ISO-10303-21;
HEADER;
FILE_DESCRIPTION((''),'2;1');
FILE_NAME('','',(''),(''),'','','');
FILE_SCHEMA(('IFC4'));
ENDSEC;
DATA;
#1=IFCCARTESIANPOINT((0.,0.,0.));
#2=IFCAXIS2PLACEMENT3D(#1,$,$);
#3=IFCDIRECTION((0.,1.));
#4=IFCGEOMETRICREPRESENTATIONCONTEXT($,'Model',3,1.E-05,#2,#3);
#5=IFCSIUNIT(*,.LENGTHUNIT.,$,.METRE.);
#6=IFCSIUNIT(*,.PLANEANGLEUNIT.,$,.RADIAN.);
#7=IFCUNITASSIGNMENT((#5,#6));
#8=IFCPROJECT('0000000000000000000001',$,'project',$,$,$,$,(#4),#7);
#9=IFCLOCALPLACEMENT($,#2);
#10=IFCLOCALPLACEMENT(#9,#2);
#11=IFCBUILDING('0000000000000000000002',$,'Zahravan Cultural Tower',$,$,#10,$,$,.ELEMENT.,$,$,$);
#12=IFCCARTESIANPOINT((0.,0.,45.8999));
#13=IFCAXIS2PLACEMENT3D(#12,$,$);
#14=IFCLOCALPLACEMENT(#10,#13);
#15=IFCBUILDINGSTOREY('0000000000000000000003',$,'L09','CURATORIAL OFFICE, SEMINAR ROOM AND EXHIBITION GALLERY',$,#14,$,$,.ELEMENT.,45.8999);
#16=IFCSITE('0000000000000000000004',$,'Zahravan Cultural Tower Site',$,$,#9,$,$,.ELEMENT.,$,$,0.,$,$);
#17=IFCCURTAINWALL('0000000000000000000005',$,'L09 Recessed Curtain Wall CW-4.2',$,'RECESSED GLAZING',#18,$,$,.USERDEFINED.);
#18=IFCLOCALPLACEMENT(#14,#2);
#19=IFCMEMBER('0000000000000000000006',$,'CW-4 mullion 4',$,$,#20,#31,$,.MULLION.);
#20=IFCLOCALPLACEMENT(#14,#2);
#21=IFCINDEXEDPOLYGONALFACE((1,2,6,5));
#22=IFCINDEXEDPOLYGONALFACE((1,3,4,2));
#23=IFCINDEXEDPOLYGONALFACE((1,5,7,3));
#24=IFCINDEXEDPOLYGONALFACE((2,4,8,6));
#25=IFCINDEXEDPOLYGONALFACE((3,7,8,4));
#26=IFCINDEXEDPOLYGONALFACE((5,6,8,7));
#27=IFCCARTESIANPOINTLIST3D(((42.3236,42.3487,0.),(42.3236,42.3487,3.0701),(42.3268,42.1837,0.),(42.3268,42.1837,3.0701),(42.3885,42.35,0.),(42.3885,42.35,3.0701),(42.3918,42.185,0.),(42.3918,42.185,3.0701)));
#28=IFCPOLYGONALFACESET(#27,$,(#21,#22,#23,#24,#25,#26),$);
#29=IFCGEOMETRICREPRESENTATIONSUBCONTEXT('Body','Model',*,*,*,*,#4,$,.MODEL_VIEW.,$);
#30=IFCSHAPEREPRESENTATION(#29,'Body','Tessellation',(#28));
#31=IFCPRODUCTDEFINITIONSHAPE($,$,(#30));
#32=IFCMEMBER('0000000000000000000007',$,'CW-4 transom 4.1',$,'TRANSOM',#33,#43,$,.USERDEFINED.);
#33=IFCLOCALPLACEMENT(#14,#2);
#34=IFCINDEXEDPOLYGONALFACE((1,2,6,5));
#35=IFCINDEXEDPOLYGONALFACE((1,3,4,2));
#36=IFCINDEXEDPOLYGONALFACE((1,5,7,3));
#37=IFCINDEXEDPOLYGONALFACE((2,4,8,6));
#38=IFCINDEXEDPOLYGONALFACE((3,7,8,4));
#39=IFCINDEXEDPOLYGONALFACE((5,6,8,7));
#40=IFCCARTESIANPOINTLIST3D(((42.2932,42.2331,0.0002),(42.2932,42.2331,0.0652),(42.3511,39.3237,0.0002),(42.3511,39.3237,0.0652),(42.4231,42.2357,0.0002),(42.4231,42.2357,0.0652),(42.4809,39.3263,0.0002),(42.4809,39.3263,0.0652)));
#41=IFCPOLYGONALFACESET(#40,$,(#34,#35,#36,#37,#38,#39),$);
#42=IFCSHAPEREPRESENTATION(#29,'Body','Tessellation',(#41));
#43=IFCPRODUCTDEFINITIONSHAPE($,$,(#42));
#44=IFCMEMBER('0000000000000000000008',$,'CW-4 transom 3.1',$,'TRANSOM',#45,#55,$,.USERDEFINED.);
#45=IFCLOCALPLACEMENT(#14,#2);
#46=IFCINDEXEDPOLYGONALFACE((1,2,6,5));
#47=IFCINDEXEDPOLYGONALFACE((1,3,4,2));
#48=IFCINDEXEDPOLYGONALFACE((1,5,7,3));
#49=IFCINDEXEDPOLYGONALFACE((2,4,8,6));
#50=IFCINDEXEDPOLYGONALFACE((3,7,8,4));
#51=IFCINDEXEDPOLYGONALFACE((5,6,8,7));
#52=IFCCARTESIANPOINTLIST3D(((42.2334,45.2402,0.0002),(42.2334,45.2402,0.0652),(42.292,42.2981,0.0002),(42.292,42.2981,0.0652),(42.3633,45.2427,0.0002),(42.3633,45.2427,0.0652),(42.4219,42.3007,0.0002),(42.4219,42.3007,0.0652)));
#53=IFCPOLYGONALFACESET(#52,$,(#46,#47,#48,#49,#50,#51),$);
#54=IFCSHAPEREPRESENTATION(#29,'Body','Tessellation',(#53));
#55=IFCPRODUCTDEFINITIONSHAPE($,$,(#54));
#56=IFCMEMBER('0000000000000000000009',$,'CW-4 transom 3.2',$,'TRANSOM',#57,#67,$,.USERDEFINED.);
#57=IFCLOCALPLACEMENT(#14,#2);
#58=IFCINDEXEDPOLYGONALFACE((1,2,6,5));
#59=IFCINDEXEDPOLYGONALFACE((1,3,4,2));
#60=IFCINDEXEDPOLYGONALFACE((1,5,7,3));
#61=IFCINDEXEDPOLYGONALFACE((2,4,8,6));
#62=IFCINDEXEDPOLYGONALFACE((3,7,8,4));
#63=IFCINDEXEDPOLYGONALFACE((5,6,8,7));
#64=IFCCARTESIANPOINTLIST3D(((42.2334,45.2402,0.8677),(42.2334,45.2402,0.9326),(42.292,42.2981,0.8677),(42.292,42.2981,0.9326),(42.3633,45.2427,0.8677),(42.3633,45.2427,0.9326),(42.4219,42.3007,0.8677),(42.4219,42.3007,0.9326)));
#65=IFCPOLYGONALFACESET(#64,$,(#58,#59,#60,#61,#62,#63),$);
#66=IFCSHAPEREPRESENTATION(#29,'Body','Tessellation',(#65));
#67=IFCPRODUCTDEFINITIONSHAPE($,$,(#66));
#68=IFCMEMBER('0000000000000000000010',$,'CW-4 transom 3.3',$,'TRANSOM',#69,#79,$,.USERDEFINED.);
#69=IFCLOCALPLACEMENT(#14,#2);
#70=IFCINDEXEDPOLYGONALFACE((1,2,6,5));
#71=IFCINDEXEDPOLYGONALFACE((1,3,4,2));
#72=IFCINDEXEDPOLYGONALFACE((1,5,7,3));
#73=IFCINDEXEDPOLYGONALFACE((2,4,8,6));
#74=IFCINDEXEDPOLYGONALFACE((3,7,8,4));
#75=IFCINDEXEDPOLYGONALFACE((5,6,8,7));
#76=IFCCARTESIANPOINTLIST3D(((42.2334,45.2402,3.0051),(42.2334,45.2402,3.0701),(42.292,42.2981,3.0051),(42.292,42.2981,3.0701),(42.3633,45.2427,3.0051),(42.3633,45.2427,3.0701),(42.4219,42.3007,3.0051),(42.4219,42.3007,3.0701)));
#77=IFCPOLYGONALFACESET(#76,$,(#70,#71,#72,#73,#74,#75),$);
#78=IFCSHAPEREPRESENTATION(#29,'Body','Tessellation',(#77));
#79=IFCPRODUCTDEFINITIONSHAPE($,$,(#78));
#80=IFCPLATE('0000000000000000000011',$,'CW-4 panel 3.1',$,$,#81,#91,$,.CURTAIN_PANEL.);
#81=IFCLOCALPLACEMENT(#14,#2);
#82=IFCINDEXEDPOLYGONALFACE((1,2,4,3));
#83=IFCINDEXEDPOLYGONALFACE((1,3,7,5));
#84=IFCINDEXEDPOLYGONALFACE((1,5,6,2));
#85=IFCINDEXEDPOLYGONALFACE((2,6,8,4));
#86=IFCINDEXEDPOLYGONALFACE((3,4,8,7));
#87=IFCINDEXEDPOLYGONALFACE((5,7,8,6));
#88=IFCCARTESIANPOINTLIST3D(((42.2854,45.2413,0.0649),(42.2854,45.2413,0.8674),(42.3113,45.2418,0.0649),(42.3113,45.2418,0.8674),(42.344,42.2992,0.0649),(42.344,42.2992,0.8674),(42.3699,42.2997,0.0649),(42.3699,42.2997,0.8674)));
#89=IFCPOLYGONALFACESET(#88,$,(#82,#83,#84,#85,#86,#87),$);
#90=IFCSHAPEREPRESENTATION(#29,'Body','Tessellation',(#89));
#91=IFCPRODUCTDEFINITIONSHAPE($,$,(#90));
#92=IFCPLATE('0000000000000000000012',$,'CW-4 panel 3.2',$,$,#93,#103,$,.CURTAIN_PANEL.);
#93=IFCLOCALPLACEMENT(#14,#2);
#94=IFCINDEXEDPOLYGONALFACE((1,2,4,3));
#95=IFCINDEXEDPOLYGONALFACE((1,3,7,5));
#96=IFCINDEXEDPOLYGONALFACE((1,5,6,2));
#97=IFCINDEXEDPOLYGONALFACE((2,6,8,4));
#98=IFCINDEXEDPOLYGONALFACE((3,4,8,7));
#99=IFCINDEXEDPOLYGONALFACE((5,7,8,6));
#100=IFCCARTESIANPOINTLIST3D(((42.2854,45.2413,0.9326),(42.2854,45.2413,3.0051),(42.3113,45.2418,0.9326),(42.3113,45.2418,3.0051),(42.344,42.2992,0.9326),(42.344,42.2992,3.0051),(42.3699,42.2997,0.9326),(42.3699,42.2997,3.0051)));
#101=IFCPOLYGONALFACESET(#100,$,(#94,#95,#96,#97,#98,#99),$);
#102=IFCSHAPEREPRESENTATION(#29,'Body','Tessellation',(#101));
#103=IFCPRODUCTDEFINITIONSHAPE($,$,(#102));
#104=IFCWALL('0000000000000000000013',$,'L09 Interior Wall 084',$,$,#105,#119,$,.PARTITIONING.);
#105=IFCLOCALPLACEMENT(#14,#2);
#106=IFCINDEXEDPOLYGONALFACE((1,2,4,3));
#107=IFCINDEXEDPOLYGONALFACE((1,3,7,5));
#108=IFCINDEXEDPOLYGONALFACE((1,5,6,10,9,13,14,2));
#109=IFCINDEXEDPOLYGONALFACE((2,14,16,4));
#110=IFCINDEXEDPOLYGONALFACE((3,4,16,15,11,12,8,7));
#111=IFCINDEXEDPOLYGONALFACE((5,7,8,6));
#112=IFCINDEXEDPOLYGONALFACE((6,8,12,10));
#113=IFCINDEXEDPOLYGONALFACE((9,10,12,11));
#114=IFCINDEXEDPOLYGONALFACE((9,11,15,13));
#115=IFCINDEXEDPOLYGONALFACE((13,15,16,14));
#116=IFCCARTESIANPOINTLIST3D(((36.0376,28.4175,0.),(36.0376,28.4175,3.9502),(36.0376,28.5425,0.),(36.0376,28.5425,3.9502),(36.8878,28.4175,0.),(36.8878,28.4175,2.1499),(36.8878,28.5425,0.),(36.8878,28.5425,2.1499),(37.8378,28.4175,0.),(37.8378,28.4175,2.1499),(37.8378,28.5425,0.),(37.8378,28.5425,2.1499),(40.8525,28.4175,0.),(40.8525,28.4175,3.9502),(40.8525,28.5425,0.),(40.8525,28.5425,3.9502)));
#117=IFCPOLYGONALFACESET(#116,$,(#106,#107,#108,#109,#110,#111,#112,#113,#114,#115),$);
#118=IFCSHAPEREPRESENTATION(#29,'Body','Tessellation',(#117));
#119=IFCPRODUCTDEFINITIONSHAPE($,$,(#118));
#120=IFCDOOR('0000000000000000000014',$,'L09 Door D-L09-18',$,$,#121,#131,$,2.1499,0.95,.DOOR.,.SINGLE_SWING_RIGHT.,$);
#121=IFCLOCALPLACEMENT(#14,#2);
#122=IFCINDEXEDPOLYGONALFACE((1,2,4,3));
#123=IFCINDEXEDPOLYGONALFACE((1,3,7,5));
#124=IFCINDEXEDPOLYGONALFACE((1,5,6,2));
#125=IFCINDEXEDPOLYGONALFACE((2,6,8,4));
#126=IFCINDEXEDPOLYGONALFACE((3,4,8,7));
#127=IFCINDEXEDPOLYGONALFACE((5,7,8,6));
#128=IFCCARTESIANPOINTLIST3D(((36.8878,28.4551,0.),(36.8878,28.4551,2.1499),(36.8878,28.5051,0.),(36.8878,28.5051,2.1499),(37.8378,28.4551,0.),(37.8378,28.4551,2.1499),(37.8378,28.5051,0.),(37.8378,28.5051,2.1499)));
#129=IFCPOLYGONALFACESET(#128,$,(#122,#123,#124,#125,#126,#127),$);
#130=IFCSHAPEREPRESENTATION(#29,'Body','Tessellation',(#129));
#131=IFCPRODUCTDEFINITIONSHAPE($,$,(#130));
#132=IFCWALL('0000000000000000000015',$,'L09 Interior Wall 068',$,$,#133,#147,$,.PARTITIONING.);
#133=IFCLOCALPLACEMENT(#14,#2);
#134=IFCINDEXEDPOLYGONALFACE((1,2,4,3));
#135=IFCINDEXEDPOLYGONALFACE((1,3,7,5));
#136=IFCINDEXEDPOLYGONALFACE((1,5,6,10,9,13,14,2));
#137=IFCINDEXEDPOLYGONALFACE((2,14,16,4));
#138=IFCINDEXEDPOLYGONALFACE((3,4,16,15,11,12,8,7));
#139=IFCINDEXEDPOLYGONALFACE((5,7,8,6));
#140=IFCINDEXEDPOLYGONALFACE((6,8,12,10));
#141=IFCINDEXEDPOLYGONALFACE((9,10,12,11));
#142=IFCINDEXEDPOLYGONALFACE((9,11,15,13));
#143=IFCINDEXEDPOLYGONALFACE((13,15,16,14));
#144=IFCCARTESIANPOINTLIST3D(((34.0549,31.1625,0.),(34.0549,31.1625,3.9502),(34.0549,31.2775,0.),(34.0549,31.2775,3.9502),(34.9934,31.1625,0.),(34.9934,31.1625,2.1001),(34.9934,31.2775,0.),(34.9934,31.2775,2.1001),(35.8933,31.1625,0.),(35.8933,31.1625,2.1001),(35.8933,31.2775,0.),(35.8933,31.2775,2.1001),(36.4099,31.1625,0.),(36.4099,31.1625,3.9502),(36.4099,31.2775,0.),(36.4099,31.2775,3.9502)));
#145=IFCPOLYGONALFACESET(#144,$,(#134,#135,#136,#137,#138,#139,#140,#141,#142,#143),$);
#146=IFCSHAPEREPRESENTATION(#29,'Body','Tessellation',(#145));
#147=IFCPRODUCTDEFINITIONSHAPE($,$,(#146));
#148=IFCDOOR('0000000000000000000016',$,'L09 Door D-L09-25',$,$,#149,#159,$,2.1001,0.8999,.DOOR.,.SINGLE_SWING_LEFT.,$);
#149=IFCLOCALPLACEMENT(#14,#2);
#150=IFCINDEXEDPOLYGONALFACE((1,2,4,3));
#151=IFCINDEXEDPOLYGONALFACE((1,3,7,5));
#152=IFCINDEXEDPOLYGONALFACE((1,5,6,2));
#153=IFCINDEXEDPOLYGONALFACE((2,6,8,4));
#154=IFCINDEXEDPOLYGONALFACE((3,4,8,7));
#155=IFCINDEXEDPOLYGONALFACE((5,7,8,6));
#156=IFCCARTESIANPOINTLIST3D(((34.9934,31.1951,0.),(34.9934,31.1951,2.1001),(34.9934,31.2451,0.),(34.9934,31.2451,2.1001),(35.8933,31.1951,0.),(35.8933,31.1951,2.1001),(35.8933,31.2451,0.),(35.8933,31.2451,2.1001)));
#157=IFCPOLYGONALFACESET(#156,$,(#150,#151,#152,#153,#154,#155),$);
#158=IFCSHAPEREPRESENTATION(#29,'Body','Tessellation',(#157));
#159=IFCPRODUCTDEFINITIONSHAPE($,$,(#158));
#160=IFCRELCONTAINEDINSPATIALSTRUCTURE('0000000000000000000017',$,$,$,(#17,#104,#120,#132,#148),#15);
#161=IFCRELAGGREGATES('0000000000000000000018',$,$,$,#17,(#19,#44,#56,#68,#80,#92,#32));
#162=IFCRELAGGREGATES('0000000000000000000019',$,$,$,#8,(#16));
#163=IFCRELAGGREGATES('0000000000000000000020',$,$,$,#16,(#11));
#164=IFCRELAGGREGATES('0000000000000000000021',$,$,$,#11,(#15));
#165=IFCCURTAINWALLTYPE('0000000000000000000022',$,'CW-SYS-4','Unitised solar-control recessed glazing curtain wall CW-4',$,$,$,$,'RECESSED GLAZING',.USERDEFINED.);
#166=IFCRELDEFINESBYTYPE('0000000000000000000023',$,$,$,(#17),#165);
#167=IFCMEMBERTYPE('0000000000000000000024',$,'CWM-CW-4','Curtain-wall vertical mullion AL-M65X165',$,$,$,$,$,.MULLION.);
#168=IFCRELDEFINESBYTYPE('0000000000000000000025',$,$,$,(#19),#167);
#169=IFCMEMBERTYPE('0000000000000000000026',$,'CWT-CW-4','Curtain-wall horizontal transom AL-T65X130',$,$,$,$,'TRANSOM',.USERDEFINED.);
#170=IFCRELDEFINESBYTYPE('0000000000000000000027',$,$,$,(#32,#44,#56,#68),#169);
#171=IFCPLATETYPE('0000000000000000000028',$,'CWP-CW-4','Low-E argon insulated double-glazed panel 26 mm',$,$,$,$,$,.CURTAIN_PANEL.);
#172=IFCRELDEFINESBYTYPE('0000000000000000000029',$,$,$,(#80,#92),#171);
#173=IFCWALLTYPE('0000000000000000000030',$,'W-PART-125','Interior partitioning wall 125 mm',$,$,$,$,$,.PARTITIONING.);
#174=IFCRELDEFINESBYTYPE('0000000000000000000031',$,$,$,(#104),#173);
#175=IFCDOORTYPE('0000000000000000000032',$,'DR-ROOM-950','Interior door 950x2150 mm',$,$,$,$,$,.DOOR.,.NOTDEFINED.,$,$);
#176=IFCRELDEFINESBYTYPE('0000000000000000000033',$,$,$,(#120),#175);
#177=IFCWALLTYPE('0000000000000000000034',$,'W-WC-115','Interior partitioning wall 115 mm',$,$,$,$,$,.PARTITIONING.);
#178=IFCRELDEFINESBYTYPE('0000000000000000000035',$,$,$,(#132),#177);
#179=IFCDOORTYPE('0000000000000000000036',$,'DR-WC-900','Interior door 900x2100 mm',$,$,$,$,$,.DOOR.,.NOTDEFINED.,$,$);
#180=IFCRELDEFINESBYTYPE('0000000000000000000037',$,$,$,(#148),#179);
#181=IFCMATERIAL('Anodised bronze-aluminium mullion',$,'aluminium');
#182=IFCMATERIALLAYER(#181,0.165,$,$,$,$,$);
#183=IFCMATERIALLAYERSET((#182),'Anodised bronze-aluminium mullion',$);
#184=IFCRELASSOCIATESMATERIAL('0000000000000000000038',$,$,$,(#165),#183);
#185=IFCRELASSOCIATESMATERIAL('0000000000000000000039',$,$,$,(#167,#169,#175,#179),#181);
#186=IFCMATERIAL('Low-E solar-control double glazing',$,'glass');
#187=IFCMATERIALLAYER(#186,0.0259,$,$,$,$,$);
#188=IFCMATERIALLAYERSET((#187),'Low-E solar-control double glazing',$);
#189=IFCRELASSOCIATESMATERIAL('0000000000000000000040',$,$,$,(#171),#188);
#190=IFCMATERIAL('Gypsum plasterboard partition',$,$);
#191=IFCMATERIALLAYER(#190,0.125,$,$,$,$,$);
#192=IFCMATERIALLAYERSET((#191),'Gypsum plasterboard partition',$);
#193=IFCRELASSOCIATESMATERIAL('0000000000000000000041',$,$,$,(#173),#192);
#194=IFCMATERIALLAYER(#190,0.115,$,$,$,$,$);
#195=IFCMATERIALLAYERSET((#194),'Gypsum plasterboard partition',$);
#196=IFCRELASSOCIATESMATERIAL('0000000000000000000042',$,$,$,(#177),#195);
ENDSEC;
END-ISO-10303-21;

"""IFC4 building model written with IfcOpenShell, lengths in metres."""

from ifc_helpers import new_model, si_unit, direction, frame, frame_2d, origin, origin_2d, place, context, subcontext, project, spatial, rectangle, extrude, source, transform, mapped, material, layer, layer_set, material_profile, profile_set, type_object, element, fill, aggregate, save


model = new_model("IFC4")

# Units and contexts
model_context = context("Model", 3, precision=1e-05, world=origin(), true_north=direction((0.0, 1.0)))
body_context = subcontext(model_context, "Body", "Model", "MODEL_VIEW")
ifc_project = project(units=[si_unit("LENGTHUNIT", "METRE"), si_unit("PLANEANGLEUNIT", "RADIAN")], contexts=[model_context])

# Site, building, storey
site_placement = place(None, origin())
site = spatial("IfcSite", under=ifc_project, at=site_placement, Name="Zahravan Cultural Tower Site", CompositionType="ELEMENT", RefElevation=0.0)
building_placement = place(site_placement, origin())
building = spatial("IfcBuilding", under=site, at=building_placement, Name="Zahravan Cultural Tower", CompositionType="ELEMENT")
storey_placement = place(building_placement, frame((0.0, 0.0, 45.8999)))
storey = spatial("IfcBuildingStorey", under=building, at=storey_placement, Name="L09", Description="CURATORIAL OFFICE, SEMINAR ROOM AND EXHIBITION GALLERY", CompositionType="ELEMENT", Elevation=45.8999)

# Curtain wall, members, plates
ifc_material_1 = material(Name="Anodised bronze-aluminium mullion", Category="aluminium")
ifc_layer_1 = layer(ifc_material_1, 0.165)
ifc_layer_set_1 = layer_set([ifc_layer_1], Name="Anodised bronze-aluminium mullion")
curtain_wall_type = type_object("IfcCurtainWallType", Name="CW-SYS-4", Description="Unitised solar-control recessed glazing curtain wall CW-4", ElementType="RECESSED GLAZING", PredefinedType="USERDEFINED", material=ifc_layer_set_1)
curtain_wall_placement = place(storey_placement, origin())
curtain_wall = element("IfcCurtainWall", 1, at=curtain_wall_placement, inside=storey, type_object=curtain_wall_type, Name="L09 Recessed Curtain Wall CW-4.2", ObjectType="RECESSED GLAZING", PredefinedType="USERDEFINED")
ifc_material_profile_1 = material_profile(ifc_material_1, rectangle(XDim=0.0649, YDim=0.165, at=origin_2d()), Name="AL-M65X165")
ifc_profile_set_1 = profile_set([ifc_material_profile_1], Name="Anodised bronze-aluminium mullion")
member_type_1 = type_object("IfcMemberType", Name="CWM-CW-4", Description="Curtain-wall vertical mullion AL-M65X165", PredefinedType="MULLION", material=ifc_profile_set_1)
shared_shape_1 = source(origin(), body_context, "Body", "SweptSolid", [
    extrude(rectangle(XDim=0.0649, YDim=0.165, at=origin_2d()), origin(), (0.0, 0.0, 1.0), 3.0701),
])
member_1_placement = place(storey_placement, frame((42.3577, 42.2668, 0.0), z_axis=(0.0, 0.0, 1.0), x_axis=(0.999802, 0.0199, 0.0)))
member_1 = element("IfcMember", 2, at=member_1_placement, type_object=member_type_1, Name="CW-4 mullion 4", PredefinedType="MULLION", context=body_context, shape_type="MappedRepresentation", body=[
    mapped(shared_shape_1, transform((0.0, 0.0, 0.0), x_axis=(1.0, 0.0, 0.0), y_axis=(0.0, 1.0, 0.0), z_axis=(0.0, 0.0, 1.0), scale=1.0)),
])
ifc_material_profile_2 = material_profile(ifc_material_1, rectangle(XDim=0.1299, YDim=0.0649, at=origin_2d()), Name="AL-T65X130")
ifc_profile_set_2 = profile_set([ifc_material_profile_2], Name="Anodised bronze-aluminium mullion")
member_type_2 = type_object("IfcMemberType", Name="CWT-CW-4", Description="Curtain-wall horizontal transom AL-T65X130", ElementType="TRANSOM", PredefinedType="USERDEFINED", material=ifc_profile_set_2)
shared_shape_2 = source(origin(), body_context, "Body", "SweptSolid", [
    extrude(rectangle(XDim=0.1299, YDim=0.0649, at=origin_2d()), origin(), (0.0, 0.0, 1.0), 2.9099),
])
member_2_placement = place(storey_placement, frame((42.3582, 42.2344, 0.0327), z_axis=(0.019884, -0.999802, 0.0), x_axis=(0.999802, 0.019884, 0.0)))
member_2 = element("IfcMember", 3, at=member_2_placement, type_object=member_type_2, Name="CW-4 transom 4.1", ObjectType="TRANSOM", PredefinedType="USERDEFINED", context=body_context, shape_type="MappedRepresentation", body=[
    mapped(shared_shape_2, transform((0.0, 0.0, 0.0), x_axis=(1.0, 0.0, 0.0), y_axis=(0.0, 1.0, 0.0), z_axis=(0.0, 0.0, 1.0), scale=1.0)),
])
shared_shape_3 = source(origin(), body_context, "Body", "SweptSolid", [
    extrude(rectangle(XDim=0.1299, YDim=0.0649, at=origin_2d()), origin(), (0.0, 0.0, 1.0), 2.9426),
])
member_3_placement = place(storey_placement, frame((42.2983, 45.2415, 0.0327), z_axis=(0.019911, -0.999802, 0.0), x_axis=(0.999802, 0.019911, 0.0)))
member_3 = element("IfcMember", 4, at=member_3_placement, type_object=member_type_2, Name="CW-4 transom 3.1", ObjectType="TRANSOM", PredefinedType="USERDEFINED", context=body_context, shape_type="MappedRepresentation", body=[
    mapped(shared_shape_3, transform((0.0, 0.0, 0.0), x_axis=(1.0, 0.0, 0.0), y_axis=(0.0, 1.0, 0.0), z_axis=(0.0, 0.0, 1.0), scale=1.0)),
])
member_4_placement = place(storey_placement, frame((42.2983, 45.2415, 0.9001), z_axis=(0.019911, -0.999802, 0.0), x_axis=(0.999802, 0.019911, 0.0)))
member_4 = element("IfcMember", 5, at=member_4_placement, type_object=member_type_2, Name="CW-4 transom 3.2", ObjectType="TRANSOM", PredefinedType="USERDEFINED", context=body_context, shape_type="MappedRepresentation", body=[
    mapped(shared_shape_3, transform((0.0, 0.0, 0.0), x_axis=(1.0, 0.0, 0.0), y_axis=(0.0, 1.0, 0.0), z_axis=(0.0, 0.0, 1.0), scale=1.0)),
])
member_5_placement = place(storey_placement, frame((42.2983, 45.2415, 3.0376), z_axis=(0.019911, -0.999802, 0.0), x_axis=(0.999802, 0.019911, 0.0)))
member_5 = element("IfcMember", 6, at=member_5_placement, type_object=member_type_2, Name="CW-4 transom 3.3", ObjectType="TRANSOM", PredefinedType="USERDEFINED", context=body_context, shape_type="MappedRepresentation", body=[
    mapped(shared_shape_3, transform((0.0, 0.0, 0.0), x_axis=(1.0, 0.0, 0.0), y_axis=(0.0, 1.0, 0.0), z_axis=(0.0, 0.0, 1.0), scale=1.0)),
])
ifc_material_2 = material(Name="Low-E solar-control double glazing", Category="glass")
ifc_layer_2 = layer(ifc_material_2, 0.0259)
ifc_layer_set_2 = layer_set([ifc_layer_2], Name="Low-E solar-control double glazing")
plate_type = type_object("IfcPlateType", Name="CWP-CW-4", Description="Low-E argon insulated double-glazed panel 26 mm", PredefinedType="CURTAIN_PANEL", material=ifc_layer_set_2)
shared_shape_4 = source(origin(), body_context, "Body", "SweptSolid", [
    extrude(rectangle(XDim=2.9426, YDim=0.0259, at=origin_2d()), origin(), (0.0, 0.0, 1.0), 0.8025),
])
plate_1_placement = place(storey_placement, frame((42.3276, 43.7705, 0.0649), z_axis=(0.0, 0.0, 1.0), x_axis=(0.0199, -0.999802, 0.0)))
plate_1 = element("IfcPlate", 7, at=plate_1_placement, type_object=plate_type, Name="CW-4 panel 3.1", PredefinedType="CURTAIN_PANEL", context=body_context, shape_type="MappedRepresentation", body=[
    mapped(shared_shape_4, transform((0.0, 0.0, 0.0), x_axis=(1.0, 0.0, 0.0), y_axis=(0.0, 1.0, 0.0), z_axis=(0.0, 0.0, 1.0), scale=1.0)),
])
shared_shape_5 = source(origin(), body_context, "Body", "SweptSolid", [
    extrude(rectangle(XDim=2.9426, YDim=0.0259, at=origin_2d()), origin(), (0.0, 0.0, 1.0), 2.0725),
])
plate_2_placement = place(storey_placement, frame((42.3276, 43.7705, 0.9326), z_axis=(0.0, 0.0, 1.0), x_axis=(0.0199, -0.999802, 0.0)))
plate_2 = element("IfcPlate", 8, at=plate_2_placement, type_object=plate_type, Name="CW-4 panel 3.2", PredefinedType="CURTAIN_PANEL", context=body_context, shape_type="MappedRepresentation", body=[
    mapped(shared_shape_5, transform((0.0, 0.0, 0.0), x_axis=(1.0, 0.0, 0.0), y_axis=(0.0, 1.0, 0.0), z_axis=(0.0, 0.0, 1.0), scale=1.0)),
])
aggregate(curtain_wall, [member_1, member_3, member_4, member_5, plate_1, plate_2, member_2])

# Walls, openings, doors
ifc_material_3 = material(Name="Gypsum plasterboard partition")
ifc_layer_3 = layer(ifc_material_3, 0.125)
ifc_layer_set_3 = layer_set([ifc_layer_3], Name="Gypsum plasterboard partition")
wall_type_1 = type_object("IfcWallType", Name="W-PART-125", Description="Interior partitioning wall 125 mm", PredefinedType="PARTITIONING", material=ifc_layer_set_3)
wall_1_placement = place(storey_placement, frame((40.8525, 28.48, 0.0), z_axis=(0.0, 0.0, 1.0), x_axis=(-1.0, 0.0, 0.0)))
wall_1 = element("IfcWall", 9, at=wall_1_placement, inside=storey, type_object=wall_type_1, Name="L09 Interior Wall 084", PredefinedType="PARTITIONING", context=body_context, shape_type="SweptSolid", body=[
    extrude(rectangle(XDim=4.8149, YDim=0.125, at=frame_2d((2.4075, 0.0))), origin(), (0.0, 0.0, 1.0), 3.9502),
])
opening_1_placement = place(wall_1_placement, frame((3.0146, 0.0, 0.0)))
opening_1 = element("IfcOpeningElement", 10, at=opening_1_placement, cuts=wall_1, PredefinedType="OPENING", context=body_context, shape_type="SweptSolid", body=[
    extrude(rectangle(XDim=0.95, YDim=2.1499, at=frame_2d((0.4751, 1.075))), frame((0.0, 0.0725, 0.0), z_axis=(0.0, -1.0, 0.0), x_axis=(1.0, 0.0, 0.0)), (0.0, 0.0, 1.0), 0.145),
])
door_type_1 = type_object("IfcDoorType", Name="DR-ROOM-950", Description="Interior door 950x2150 mm", OperationType="NOTDEFINED", PredefinedType="DOOR", material=ifc_material_1)
shared_shape_6 = source(origin(), body_context, "Body", "SweptSolid", [
    extrude(rectangle(XDim=0.95, YDim=2.1499, at=frame_2d((0.4751, 1.075))), frame((0.0, 0.0249, 0.0), z_axis=(0.0, -1.0, 0.0), x_axis=(1.0, 0.0, 0.0)), (0.0, 0.0, 1.0), 0.05),
])
door_1_placement = place(opening_1_placement, origin())
door_1 = element("IfcDoor", 11, at=door_1_placement, inside=storey, type_object=door_type_1, Name="L09 Door D-L09-18", OperationType="SINGLE_SWING_RIGHT", OverallHeight=2.1499, OverallWidth=0.95, PredefinedType="DOOR", context=body_context, shape_type="MappedRepresentation", body=[
    mapped(shared_shape_6, transform((0.0, 0.0, 0.0), x_axis=(1.0, 0.0, 0.0), y_axis=(0.0, 1.0, 0.0), z_axis=(0.0, 0.0, 1.0), scale=1.0)),
])
fill(opening_1, door_1)
ifc_layer_4 = layer(ifc_material_3, 0.115)
ifc_layer_set_4 = layer_set([ifc_layer_4], Name="Gypsum plasterboard partition")
wall_type_2 = type_object("IfcWallType", Name="W-WC-115", Description="Interior partitioning wall 115 mm", PredefinedType="PARTITIONING", material=ifc_layer_set_4)
wall_2_placement = place(storey_placement, frame((36.4099, 31.22, 0.0), z_axis=(0.0, 0.0, 1.0), x_axis=(-1.0, 0.0, 0.0)))
wall_2 = element("IfcWall", 12, at=wall_2_placement, inside=storey, type_object=wall_type_2, Name="L09 Interior Wall 068", PredefinedType="PARTITIONING", context=body_context, shape_type="SweptSolid", body=[
    extrude(rectangle(XDim=2.355, YDim=0.115, at=frame_2d((1.1775, 0.0))), origin(), (0.0, 0.0, 1.0), 3.9502),
])
opening_2_placement = place(wall_2_placement, frame((0.5166, 0.0, 0.0)))
opening_2 = element("IfcOpeningElement", 13, at=opening_2_placement, cuts=wall_2, PredefinedType="OPENING", context=body_context, shape_type="SweptSolid", body=[
    extrude(rectangle(XDim=0.8999, YDim=2.1001, at=frame_2d((0.45, 1.05))), frame((0.0, 0.0674, 0.0), z_axis=(0.0, -1.0, 0.0), x_axis=(1.0, 0.0, 0.0)), (0.0, 0.0, 1.0), 0.135),
])
door_type_2 = type_object("IfcDoorType", Name="DR-WC-900", Description="Interior door 900x2100 mm", OperationType="NOTDEFINED", PredefinedType="DOOR", material=ifc_material_1)
shared_shape_7 = source(origin(), body_context, "Body", "SweptSolid", [
    extrude(rectangle(XDim=0.8999, YDim=2.1001, at=frame_2d((0.45, 1.05))), frame((0.0, 0.0249, 0.0), z_axis=(0.0, -1.0, 0.0), x_axis=(1.0, 0.0, 0.0)), (0.0, 0.0, 1.0), 0.05),
])
door_2_placement = place(opening_2_placement, origin())
door_2 = element("IfcDoor", 14, at=door_2_placement, inside=storey, type_object=door_type_2, Name="L09 Door D-L09-25", OperationType="SINGLE_SWING_LEFT", OverallHeight=2.1001, OverallWidth=0.8999, PredefinedType="DOOR", context=body_context, shape_type="MappedRepresentation", body=[
    mapped(shared_shape_7, transform((0.0, 0.0, 0.0), x_axis=(1.0, 0.0, 0.0), y_axis=(0.0, 1.0, 0.0), z_axis=(0.0, 0.0, 1.0), scale=1.0)),
])
fill(opening_2, door_2)

save(model, "model.ifc")
